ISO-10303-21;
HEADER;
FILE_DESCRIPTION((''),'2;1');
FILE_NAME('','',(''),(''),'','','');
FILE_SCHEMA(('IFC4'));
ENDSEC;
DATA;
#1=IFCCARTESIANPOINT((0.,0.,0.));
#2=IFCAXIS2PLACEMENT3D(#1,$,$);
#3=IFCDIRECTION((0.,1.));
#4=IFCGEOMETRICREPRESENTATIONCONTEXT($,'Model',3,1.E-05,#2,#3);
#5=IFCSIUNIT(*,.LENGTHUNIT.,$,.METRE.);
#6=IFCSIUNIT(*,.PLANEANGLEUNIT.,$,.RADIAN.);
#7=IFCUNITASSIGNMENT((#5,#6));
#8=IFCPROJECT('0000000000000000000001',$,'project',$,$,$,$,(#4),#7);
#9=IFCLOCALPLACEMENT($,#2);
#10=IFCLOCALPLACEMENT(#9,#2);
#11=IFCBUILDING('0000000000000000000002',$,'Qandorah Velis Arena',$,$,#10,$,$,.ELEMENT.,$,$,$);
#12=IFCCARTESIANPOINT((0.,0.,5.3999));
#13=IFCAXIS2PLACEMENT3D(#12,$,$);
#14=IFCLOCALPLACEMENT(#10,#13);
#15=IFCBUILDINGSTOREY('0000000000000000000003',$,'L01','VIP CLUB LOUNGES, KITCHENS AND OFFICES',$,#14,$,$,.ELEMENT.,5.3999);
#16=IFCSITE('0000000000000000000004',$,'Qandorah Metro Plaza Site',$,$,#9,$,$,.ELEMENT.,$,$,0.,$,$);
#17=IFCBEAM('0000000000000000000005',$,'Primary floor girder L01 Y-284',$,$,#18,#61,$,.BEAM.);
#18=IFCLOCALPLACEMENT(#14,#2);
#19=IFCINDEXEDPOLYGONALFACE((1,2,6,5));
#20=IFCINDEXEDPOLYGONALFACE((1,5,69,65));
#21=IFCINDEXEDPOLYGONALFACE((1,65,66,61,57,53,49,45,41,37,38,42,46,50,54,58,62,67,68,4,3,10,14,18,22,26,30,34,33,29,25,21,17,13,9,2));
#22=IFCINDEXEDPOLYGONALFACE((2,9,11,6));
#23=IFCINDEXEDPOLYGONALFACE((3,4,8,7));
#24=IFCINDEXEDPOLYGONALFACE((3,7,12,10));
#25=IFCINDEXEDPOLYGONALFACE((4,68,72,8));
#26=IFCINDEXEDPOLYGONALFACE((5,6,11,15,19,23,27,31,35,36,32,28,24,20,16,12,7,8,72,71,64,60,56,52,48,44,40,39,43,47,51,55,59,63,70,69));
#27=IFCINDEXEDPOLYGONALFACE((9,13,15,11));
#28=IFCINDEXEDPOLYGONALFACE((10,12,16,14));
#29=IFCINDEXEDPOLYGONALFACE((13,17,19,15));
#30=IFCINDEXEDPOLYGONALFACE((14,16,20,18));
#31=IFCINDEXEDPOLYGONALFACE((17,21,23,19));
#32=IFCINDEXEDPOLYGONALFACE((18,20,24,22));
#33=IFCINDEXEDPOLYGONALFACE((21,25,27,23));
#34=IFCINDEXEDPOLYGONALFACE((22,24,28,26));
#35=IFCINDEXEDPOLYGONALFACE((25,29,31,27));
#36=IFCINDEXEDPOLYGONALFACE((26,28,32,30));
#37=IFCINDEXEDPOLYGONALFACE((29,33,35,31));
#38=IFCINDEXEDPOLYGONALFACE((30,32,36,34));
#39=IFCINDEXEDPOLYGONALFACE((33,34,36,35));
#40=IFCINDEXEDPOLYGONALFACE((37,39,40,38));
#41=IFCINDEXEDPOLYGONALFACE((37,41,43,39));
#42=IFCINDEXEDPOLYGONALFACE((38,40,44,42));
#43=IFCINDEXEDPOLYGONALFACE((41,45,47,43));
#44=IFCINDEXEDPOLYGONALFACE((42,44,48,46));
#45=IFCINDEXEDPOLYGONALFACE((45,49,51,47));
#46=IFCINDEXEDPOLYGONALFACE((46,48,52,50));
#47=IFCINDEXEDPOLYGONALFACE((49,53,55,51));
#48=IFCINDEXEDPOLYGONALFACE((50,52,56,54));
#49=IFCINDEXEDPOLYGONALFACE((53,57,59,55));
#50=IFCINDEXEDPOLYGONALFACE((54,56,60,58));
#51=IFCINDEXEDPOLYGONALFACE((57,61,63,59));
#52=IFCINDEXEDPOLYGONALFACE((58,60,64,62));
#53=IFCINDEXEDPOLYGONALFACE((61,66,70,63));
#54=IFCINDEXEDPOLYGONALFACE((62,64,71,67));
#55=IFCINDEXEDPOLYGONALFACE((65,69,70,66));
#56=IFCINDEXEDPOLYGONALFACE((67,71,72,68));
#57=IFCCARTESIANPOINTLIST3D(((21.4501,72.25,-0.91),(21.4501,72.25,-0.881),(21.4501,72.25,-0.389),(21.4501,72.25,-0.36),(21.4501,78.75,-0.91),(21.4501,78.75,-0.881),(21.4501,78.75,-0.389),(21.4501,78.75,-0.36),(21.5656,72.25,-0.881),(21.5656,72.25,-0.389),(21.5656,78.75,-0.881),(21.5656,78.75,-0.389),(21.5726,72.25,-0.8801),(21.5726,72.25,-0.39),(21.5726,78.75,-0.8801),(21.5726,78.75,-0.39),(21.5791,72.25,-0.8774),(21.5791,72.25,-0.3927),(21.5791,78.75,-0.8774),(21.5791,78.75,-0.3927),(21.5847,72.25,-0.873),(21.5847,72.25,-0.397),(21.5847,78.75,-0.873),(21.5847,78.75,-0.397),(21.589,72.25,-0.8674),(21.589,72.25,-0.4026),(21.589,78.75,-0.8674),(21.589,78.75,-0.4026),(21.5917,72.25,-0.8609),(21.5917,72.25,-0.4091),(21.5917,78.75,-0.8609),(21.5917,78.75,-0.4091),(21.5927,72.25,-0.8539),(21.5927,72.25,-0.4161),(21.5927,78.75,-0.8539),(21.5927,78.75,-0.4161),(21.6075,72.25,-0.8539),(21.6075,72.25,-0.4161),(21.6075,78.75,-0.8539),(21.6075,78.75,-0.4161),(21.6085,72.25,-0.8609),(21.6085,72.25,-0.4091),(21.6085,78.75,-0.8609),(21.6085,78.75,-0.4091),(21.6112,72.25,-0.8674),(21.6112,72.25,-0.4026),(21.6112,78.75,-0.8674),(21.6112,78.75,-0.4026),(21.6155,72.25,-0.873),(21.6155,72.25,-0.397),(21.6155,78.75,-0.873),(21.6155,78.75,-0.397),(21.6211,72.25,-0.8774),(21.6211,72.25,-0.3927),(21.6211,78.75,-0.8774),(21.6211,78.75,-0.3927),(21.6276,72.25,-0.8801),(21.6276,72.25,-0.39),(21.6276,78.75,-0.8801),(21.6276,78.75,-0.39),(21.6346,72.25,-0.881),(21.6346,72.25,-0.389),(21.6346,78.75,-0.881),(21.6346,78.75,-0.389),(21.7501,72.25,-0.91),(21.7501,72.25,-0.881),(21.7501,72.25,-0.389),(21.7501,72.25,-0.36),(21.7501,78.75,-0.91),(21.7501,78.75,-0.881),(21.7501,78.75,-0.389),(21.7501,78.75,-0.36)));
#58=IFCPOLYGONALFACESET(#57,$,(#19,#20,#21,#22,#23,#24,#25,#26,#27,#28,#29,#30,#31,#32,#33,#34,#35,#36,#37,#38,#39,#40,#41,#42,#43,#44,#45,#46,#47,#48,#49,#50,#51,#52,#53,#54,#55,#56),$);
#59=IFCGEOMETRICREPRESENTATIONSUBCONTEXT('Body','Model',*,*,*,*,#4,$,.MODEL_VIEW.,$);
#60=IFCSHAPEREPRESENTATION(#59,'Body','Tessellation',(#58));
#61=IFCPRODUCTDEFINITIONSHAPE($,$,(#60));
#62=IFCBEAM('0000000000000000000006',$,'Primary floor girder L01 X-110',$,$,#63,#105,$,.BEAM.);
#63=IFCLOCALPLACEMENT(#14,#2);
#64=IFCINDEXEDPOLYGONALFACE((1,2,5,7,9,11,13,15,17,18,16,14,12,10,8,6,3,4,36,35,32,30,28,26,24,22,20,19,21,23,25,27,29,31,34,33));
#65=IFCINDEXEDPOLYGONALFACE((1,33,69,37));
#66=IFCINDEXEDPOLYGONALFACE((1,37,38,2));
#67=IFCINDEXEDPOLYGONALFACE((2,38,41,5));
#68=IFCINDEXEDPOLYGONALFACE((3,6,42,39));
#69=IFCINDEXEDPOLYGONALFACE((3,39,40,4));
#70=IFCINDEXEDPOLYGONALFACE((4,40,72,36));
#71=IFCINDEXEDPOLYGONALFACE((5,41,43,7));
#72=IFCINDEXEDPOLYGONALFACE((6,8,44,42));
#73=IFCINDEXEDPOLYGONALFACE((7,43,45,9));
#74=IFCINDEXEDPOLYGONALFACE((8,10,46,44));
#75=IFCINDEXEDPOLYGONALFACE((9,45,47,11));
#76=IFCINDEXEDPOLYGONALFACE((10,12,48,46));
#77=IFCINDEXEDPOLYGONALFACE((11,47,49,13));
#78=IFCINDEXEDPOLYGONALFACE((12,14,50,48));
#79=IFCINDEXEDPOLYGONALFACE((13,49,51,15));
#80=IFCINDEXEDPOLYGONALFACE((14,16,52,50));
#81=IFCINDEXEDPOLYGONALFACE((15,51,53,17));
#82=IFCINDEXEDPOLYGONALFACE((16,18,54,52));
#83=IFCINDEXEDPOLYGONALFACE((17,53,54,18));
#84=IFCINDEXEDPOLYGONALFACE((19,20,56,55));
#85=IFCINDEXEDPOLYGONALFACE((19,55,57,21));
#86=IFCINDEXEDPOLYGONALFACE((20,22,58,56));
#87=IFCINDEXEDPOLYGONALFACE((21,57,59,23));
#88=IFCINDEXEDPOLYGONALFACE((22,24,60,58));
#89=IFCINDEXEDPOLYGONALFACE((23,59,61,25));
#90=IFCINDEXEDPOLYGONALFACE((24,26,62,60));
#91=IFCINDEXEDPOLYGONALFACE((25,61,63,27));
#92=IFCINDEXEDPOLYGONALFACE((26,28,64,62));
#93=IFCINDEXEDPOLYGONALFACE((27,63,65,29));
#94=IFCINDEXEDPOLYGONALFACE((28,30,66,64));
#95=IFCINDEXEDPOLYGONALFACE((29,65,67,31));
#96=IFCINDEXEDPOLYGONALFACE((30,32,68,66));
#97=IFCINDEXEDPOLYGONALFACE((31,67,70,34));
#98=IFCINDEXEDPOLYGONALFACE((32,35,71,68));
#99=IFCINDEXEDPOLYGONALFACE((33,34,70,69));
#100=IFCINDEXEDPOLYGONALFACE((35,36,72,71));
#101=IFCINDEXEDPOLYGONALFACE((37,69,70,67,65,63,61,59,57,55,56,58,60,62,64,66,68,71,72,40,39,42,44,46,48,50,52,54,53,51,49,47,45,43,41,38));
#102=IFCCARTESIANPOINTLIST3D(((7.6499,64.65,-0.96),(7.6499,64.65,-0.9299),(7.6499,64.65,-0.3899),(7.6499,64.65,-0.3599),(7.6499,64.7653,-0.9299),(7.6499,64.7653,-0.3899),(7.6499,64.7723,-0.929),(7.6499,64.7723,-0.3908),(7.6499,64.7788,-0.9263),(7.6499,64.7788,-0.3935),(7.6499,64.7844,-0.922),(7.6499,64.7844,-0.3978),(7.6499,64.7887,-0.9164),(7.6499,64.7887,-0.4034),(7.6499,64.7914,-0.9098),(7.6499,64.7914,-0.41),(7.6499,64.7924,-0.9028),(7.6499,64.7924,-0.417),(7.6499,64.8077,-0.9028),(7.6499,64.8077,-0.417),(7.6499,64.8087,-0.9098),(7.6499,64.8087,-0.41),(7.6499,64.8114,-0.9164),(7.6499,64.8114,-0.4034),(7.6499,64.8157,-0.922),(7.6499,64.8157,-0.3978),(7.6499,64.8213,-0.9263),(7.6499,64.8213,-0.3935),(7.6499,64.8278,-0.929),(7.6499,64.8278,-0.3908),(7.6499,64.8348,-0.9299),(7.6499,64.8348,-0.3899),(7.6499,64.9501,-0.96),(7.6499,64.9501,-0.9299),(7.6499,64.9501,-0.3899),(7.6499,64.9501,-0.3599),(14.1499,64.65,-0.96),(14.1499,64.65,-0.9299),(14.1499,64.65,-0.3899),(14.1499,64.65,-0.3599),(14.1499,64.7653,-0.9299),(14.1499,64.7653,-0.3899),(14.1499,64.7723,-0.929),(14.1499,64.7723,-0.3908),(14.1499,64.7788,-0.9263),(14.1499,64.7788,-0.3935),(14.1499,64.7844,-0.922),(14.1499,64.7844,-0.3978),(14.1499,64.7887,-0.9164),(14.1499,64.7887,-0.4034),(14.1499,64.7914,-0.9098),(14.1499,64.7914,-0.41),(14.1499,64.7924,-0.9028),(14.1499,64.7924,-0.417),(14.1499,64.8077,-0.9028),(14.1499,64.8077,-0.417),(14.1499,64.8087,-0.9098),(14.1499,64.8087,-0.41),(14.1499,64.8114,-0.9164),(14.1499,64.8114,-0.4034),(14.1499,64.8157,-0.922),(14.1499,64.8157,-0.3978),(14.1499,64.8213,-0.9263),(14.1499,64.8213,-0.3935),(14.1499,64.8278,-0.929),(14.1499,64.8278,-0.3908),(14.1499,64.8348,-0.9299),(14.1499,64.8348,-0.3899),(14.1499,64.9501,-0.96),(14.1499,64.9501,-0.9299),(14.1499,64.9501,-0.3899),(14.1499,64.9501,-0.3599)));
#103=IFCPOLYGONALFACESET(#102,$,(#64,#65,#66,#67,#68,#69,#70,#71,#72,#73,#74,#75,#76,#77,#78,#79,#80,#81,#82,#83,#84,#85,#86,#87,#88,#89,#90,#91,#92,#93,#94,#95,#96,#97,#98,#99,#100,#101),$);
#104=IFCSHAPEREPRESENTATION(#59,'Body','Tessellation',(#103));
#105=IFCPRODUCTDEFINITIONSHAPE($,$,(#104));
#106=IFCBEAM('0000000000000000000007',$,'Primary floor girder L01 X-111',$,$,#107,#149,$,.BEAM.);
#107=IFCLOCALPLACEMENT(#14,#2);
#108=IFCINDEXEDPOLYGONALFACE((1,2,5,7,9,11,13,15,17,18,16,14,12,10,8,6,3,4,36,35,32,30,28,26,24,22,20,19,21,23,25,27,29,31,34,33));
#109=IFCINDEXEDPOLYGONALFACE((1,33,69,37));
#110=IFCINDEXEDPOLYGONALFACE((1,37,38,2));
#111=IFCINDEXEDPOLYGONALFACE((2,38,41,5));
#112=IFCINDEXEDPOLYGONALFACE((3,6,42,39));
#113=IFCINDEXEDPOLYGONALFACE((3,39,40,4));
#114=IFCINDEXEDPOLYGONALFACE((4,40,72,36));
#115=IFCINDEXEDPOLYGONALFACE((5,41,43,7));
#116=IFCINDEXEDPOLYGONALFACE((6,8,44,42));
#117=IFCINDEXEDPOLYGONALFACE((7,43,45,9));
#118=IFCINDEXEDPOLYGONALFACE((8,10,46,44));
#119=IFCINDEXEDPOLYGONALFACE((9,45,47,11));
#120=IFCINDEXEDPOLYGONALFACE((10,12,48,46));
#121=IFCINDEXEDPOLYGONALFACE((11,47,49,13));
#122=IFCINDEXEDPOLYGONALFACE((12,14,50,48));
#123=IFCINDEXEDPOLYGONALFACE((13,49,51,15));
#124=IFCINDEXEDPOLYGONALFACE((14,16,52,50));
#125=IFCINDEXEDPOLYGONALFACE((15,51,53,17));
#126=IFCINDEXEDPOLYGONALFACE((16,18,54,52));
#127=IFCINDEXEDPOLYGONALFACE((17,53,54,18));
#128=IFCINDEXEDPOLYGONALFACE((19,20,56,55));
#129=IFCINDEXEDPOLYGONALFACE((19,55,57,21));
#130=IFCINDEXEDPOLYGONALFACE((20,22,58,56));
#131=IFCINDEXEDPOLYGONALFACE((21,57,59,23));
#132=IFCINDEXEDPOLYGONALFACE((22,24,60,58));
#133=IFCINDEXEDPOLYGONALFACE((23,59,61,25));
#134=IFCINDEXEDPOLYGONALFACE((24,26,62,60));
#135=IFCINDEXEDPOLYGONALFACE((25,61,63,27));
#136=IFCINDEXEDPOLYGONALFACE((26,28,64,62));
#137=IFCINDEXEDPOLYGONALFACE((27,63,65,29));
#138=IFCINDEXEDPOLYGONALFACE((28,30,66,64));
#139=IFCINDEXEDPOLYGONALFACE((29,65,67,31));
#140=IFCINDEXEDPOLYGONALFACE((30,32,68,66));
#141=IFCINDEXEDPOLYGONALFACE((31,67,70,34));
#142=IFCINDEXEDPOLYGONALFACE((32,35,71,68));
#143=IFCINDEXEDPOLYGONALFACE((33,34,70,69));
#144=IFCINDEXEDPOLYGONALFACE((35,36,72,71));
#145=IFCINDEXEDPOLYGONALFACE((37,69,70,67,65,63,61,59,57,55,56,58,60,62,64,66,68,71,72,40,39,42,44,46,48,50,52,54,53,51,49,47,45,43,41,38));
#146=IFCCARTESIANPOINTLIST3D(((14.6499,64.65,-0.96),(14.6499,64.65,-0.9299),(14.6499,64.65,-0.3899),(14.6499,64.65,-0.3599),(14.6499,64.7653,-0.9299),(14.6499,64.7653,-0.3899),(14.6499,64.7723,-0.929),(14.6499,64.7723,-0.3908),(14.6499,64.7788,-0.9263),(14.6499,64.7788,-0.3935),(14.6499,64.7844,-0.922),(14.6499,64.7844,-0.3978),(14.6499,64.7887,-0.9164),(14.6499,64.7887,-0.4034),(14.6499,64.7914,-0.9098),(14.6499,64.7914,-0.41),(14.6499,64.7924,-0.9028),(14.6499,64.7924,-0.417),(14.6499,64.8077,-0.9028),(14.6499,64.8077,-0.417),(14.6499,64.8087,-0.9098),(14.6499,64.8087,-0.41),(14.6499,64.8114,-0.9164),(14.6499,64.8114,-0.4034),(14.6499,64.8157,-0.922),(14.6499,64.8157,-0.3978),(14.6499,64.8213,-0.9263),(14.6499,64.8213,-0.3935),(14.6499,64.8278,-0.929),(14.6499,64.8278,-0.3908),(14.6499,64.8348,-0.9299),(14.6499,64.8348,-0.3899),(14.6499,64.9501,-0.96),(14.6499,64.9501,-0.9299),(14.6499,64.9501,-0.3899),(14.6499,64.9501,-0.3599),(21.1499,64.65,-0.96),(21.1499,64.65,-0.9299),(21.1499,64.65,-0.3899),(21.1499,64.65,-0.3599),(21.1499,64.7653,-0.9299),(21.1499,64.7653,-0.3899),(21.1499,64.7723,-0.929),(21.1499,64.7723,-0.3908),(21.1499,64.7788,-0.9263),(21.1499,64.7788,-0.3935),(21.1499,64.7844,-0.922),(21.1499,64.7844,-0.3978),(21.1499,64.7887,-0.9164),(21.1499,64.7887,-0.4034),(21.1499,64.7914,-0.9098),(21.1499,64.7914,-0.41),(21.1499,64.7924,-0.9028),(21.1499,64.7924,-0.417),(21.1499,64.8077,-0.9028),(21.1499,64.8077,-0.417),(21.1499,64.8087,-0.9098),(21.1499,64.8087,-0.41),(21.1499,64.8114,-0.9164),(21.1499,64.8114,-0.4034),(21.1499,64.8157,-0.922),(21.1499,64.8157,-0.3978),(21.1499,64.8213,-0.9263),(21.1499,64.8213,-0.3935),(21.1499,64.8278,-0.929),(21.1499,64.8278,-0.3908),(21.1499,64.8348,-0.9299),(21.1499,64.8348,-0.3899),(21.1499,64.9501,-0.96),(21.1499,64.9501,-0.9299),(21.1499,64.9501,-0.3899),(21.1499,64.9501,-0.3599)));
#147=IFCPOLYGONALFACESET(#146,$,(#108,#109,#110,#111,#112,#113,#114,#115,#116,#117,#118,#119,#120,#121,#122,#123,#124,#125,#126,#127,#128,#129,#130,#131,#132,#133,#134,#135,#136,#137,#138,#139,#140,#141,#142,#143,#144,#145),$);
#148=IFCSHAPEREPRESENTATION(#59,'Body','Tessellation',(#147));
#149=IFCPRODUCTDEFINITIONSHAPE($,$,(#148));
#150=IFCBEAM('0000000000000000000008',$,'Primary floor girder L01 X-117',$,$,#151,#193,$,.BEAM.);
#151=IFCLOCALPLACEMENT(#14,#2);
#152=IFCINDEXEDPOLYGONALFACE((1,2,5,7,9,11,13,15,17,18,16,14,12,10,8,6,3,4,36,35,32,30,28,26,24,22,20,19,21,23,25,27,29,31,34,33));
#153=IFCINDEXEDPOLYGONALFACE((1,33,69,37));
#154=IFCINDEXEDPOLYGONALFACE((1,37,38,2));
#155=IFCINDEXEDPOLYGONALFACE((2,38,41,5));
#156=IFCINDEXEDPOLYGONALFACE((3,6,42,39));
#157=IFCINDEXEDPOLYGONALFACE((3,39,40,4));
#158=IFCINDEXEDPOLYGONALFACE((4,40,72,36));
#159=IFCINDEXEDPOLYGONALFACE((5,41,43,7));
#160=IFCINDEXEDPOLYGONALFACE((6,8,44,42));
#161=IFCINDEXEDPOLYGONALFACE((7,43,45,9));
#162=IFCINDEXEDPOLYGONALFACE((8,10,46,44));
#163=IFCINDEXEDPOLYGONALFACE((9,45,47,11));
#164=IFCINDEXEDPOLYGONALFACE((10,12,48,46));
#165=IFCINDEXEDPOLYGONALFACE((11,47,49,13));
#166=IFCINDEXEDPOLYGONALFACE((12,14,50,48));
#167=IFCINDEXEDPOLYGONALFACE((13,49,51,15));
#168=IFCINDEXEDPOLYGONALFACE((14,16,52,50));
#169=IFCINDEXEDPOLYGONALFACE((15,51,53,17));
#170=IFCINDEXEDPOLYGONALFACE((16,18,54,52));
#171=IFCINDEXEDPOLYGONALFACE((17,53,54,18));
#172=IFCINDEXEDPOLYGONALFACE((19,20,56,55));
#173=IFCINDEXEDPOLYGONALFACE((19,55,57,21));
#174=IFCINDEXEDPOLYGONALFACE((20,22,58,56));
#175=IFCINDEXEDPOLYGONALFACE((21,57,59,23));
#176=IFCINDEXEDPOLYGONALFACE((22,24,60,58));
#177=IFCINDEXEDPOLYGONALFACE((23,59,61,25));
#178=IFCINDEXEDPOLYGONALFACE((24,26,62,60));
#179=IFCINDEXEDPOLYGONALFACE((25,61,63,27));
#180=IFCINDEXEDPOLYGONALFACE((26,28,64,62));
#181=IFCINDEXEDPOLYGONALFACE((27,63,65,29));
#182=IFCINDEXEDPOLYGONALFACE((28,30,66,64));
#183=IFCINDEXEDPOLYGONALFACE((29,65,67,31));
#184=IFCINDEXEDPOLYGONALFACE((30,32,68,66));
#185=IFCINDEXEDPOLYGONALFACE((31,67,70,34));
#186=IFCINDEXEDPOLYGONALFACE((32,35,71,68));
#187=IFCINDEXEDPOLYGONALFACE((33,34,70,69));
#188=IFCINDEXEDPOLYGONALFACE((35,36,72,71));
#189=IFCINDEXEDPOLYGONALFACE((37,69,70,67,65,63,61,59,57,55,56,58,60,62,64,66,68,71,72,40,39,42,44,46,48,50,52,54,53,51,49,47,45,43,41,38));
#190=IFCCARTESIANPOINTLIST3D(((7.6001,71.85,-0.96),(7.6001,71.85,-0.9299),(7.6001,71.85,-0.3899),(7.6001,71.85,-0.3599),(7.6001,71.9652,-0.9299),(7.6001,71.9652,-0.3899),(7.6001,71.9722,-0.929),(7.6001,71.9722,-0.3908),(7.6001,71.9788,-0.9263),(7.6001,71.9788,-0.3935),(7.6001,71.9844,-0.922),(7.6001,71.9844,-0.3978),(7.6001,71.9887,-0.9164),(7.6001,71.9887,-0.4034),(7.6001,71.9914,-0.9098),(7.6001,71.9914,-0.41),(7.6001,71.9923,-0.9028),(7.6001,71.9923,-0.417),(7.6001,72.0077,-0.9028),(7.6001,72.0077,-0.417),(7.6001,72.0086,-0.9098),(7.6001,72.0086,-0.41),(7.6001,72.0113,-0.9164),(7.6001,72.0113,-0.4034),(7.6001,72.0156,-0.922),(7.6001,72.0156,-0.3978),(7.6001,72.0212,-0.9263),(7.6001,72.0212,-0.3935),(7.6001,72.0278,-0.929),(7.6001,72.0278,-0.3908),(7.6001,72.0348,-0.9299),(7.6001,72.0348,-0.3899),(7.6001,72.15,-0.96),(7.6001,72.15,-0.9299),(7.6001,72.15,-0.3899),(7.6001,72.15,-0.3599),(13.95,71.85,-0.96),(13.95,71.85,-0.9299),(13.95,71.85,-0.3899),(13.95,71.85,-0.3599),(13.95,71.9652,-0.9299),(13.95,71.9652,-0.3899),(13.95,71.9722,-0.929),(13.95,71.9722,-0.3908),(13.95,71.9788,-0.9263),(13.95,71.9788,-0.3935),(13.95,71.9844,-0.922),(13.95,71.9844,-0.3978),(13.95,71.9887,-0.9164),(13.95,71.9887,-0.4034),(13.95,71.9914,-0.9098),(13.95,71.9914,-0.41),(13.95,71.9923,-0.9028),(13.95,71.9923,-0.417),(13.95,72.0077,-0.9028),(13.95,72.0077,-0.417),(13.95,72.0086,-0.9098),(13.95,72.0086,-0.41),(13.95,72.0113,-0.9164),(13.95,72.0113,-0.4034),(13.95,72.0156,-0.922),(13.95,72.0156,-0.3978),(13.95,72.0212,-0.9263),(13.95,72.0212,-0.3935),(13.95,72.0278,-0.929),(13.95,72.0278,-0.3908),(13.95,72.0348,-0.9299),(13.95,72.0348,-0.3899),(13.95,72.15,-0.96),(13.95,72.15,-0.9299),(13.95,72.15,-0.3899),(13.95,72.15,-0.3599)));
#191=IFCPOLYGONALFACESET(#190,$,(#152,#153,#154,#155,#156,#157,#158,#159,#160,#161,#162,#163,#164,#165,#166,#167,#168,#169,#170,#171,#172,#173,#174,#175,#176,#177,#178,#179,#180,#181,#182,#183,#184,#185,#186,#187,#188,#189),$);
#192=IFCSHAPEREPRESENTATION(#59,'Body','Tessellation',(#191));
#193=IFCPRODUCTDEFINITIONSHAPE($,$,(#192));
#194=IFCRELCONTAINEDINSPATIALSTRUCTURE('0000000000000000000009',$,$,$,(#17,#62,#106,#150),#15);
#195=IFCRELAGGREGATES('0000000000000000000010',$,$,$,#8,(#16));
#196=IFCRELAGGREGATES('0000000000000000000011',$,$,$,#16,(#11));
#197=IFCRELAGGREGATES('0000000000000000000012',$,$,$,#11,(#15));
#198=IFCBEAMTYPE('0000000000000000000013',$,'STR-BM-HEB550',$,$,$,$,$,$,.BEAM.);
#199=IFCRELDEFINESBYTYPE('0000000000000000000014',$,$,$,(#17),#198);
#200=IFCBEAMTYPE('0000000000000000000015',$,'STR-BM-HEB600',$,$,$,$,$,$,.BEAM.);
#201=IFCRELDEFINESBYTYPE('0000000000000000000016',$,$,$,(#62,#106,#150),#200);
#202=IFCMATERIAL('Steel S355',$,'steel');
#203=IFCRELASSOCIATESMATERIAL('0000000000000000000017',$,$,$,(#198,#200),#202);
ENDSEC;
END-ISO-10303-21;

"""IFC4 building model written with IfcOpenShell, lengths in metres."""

from ifc_helpers import new_model, si_unit, direction, frame, origin, origin_2d, place, context, subcontext, project, spatial, i_section, extrude, material, material_profile, profile_set, type_object, element, save


model = new_model("IFC4")

# Units and contexts
model_context = context("Model", 3, precision=1e-05, world=origin(), true_north=direction((0.0, 1.0)))
body_context = subcontext(model_context, "Body", "Model", "MODEL_VIEW")
ifc_project = project(units=[si_unit("LENGTHUNIT", "METRE"), si_unit("PLANEANGLEUNIT", "RADIAN")], contexts=[model_context])

# Site, building, storey
site_placement = place(None, origin())
site = spatial("IfcSite", under=ifc_project, at=site_placement, Name="Qandorah Metro Plaza Site", CompositionType="ELEMENT", RefElevation=0.0)
building_placement = place(site_placement, origin())
building = spatial("IfcBuilding", under=site, at=building_placement, Name="Qandorah Velis Arena", CompositionType="ELEMENT")
storey_placement = place(building_placement, frame((0.0, 0.0, 5.3999)))
storey = spatial("IfcBuildingStorey", under=building, at=storey_placement, Name="L01", Description="VIP CLUB LOUNGES, KITCHENS AND OFFICES", CompositionType="ELEMENT", Elevation=5.3999)

# Beams
ifc_material_1 = material(Name="Steel S355", Category="steel")
ifc_material_profile_1 = material_profile(ifc_material_1, i_section(OverallWidth=0.3, OverallDepth=0.55, WebThickness=0.0149, FlangeThickness=0.0291, FilletRadius=0.0271, at=origin_2d()), Name="HEB 550")
ifc_profile_set_1 = profile_set([ifc_material_profile_1], Name="Steel S355")
beam_type_1 = type_object("IfcBeamType", Name="STR-BM-HEB550", PredefinedType="BEAM", material=ifc_profile_set_1)
for number, where, z_axis, x_axis, name in (
    (1, (21.6001, 72.25, -0.635), (0.0, 1.0, 0.0), (-1.0, 0.0, 0.0), "Primary floor girder L01 Y-284"),
):
    element("IfcBeam", number, at=place(storey_placement, frame(where, z_axis=z_axis, x_axis=x_axis)), inside=storey, type_object=beam_type_1, Name=name, PredefinedType="BEAM", context=body_context, shape_type="SweptSolid", body=[
        extrude(i_section(OverallWidth=0.3, OverallDepth=0.55, WebThickness=0.0149, FlangeThickness=0.0291, FilletRadius=0.0271, at=origin_2d()), origin(), (0.0, 0.0, 1.0), 6.5),
    ])
ifc_material_profile_2 = material_profile(ifc_material_1, i_section(OverallWidth=0.3, OverallDepth=0.6001, WebThickness=0.0154, FlangeThickness=0.03, FilletRadius=0.0271, at=origin_2d()), Name="HEB 600")
ifc_profile_set_2 = profile_set([ifc_material_profile_2], Name="Steel S355")
beam_type_2 = type_object("IfcBeamType", Name="STR-BM-HEB600", PredefinedType="BEAM", material=ifc_profile_set_2)
for number, where, z_axis, x_axis, name in (
    (2, (7.6499, 64.8, -0.6599), (1.0, 0.0, 0.0), (0.0, 1.0, 0.0), "Primary floor girder L01 X-110"),
    (3, (14.6499, 64.8, -0.6599), (1.0, 0.0, 0.0), (0.0, 1.0, 0.0), "Primary floor girder L01 X-111"),
):
    element("IfcBeam", number, at=place(storey_placement, frame(where, z_axis=z_axis, x_axis=x_axis)), inside=storey, type_object=beam_type_2, Name=name, PredefinedType="BEAM", context=body_context, shape_type="SweptSolid", body=[
        extrude(i_section(OverallWidth=0.3, OverallDepth=0.6001, WebThickness=0.0154, FlangeThickness=0.03, FilletRadius=0.0271, at=origin_2d()), origin(), (0.0, 0.0, 1.0), 6.5),
    ])
beam_1_placement = place(storey_placement, frame((7.6001, 72.0, -0.6599), z_axis=(1.0, 0.0, 0.0), x_axis=(0.0, 1.0, 0.0)))
element("IfcBeam", 4, at=beam_1_placement, inside=storey, type_object=beam_type_2, Name="Primary floor girder L01 X-117", PredefinedType="BEAM", context=body_context, shape_type="SweptSolid", body=[
    extrude(i_section(OverallWidth=0.3, OverallDepth=0.6001, WebThickness=0.0154, FlangeThickness=0.03, FilletRadius=0.0271, at=origin_2d()), origin(), (0.0, 0.0, 1.0), 6.3499),
])

save(model, "model.ifc")
